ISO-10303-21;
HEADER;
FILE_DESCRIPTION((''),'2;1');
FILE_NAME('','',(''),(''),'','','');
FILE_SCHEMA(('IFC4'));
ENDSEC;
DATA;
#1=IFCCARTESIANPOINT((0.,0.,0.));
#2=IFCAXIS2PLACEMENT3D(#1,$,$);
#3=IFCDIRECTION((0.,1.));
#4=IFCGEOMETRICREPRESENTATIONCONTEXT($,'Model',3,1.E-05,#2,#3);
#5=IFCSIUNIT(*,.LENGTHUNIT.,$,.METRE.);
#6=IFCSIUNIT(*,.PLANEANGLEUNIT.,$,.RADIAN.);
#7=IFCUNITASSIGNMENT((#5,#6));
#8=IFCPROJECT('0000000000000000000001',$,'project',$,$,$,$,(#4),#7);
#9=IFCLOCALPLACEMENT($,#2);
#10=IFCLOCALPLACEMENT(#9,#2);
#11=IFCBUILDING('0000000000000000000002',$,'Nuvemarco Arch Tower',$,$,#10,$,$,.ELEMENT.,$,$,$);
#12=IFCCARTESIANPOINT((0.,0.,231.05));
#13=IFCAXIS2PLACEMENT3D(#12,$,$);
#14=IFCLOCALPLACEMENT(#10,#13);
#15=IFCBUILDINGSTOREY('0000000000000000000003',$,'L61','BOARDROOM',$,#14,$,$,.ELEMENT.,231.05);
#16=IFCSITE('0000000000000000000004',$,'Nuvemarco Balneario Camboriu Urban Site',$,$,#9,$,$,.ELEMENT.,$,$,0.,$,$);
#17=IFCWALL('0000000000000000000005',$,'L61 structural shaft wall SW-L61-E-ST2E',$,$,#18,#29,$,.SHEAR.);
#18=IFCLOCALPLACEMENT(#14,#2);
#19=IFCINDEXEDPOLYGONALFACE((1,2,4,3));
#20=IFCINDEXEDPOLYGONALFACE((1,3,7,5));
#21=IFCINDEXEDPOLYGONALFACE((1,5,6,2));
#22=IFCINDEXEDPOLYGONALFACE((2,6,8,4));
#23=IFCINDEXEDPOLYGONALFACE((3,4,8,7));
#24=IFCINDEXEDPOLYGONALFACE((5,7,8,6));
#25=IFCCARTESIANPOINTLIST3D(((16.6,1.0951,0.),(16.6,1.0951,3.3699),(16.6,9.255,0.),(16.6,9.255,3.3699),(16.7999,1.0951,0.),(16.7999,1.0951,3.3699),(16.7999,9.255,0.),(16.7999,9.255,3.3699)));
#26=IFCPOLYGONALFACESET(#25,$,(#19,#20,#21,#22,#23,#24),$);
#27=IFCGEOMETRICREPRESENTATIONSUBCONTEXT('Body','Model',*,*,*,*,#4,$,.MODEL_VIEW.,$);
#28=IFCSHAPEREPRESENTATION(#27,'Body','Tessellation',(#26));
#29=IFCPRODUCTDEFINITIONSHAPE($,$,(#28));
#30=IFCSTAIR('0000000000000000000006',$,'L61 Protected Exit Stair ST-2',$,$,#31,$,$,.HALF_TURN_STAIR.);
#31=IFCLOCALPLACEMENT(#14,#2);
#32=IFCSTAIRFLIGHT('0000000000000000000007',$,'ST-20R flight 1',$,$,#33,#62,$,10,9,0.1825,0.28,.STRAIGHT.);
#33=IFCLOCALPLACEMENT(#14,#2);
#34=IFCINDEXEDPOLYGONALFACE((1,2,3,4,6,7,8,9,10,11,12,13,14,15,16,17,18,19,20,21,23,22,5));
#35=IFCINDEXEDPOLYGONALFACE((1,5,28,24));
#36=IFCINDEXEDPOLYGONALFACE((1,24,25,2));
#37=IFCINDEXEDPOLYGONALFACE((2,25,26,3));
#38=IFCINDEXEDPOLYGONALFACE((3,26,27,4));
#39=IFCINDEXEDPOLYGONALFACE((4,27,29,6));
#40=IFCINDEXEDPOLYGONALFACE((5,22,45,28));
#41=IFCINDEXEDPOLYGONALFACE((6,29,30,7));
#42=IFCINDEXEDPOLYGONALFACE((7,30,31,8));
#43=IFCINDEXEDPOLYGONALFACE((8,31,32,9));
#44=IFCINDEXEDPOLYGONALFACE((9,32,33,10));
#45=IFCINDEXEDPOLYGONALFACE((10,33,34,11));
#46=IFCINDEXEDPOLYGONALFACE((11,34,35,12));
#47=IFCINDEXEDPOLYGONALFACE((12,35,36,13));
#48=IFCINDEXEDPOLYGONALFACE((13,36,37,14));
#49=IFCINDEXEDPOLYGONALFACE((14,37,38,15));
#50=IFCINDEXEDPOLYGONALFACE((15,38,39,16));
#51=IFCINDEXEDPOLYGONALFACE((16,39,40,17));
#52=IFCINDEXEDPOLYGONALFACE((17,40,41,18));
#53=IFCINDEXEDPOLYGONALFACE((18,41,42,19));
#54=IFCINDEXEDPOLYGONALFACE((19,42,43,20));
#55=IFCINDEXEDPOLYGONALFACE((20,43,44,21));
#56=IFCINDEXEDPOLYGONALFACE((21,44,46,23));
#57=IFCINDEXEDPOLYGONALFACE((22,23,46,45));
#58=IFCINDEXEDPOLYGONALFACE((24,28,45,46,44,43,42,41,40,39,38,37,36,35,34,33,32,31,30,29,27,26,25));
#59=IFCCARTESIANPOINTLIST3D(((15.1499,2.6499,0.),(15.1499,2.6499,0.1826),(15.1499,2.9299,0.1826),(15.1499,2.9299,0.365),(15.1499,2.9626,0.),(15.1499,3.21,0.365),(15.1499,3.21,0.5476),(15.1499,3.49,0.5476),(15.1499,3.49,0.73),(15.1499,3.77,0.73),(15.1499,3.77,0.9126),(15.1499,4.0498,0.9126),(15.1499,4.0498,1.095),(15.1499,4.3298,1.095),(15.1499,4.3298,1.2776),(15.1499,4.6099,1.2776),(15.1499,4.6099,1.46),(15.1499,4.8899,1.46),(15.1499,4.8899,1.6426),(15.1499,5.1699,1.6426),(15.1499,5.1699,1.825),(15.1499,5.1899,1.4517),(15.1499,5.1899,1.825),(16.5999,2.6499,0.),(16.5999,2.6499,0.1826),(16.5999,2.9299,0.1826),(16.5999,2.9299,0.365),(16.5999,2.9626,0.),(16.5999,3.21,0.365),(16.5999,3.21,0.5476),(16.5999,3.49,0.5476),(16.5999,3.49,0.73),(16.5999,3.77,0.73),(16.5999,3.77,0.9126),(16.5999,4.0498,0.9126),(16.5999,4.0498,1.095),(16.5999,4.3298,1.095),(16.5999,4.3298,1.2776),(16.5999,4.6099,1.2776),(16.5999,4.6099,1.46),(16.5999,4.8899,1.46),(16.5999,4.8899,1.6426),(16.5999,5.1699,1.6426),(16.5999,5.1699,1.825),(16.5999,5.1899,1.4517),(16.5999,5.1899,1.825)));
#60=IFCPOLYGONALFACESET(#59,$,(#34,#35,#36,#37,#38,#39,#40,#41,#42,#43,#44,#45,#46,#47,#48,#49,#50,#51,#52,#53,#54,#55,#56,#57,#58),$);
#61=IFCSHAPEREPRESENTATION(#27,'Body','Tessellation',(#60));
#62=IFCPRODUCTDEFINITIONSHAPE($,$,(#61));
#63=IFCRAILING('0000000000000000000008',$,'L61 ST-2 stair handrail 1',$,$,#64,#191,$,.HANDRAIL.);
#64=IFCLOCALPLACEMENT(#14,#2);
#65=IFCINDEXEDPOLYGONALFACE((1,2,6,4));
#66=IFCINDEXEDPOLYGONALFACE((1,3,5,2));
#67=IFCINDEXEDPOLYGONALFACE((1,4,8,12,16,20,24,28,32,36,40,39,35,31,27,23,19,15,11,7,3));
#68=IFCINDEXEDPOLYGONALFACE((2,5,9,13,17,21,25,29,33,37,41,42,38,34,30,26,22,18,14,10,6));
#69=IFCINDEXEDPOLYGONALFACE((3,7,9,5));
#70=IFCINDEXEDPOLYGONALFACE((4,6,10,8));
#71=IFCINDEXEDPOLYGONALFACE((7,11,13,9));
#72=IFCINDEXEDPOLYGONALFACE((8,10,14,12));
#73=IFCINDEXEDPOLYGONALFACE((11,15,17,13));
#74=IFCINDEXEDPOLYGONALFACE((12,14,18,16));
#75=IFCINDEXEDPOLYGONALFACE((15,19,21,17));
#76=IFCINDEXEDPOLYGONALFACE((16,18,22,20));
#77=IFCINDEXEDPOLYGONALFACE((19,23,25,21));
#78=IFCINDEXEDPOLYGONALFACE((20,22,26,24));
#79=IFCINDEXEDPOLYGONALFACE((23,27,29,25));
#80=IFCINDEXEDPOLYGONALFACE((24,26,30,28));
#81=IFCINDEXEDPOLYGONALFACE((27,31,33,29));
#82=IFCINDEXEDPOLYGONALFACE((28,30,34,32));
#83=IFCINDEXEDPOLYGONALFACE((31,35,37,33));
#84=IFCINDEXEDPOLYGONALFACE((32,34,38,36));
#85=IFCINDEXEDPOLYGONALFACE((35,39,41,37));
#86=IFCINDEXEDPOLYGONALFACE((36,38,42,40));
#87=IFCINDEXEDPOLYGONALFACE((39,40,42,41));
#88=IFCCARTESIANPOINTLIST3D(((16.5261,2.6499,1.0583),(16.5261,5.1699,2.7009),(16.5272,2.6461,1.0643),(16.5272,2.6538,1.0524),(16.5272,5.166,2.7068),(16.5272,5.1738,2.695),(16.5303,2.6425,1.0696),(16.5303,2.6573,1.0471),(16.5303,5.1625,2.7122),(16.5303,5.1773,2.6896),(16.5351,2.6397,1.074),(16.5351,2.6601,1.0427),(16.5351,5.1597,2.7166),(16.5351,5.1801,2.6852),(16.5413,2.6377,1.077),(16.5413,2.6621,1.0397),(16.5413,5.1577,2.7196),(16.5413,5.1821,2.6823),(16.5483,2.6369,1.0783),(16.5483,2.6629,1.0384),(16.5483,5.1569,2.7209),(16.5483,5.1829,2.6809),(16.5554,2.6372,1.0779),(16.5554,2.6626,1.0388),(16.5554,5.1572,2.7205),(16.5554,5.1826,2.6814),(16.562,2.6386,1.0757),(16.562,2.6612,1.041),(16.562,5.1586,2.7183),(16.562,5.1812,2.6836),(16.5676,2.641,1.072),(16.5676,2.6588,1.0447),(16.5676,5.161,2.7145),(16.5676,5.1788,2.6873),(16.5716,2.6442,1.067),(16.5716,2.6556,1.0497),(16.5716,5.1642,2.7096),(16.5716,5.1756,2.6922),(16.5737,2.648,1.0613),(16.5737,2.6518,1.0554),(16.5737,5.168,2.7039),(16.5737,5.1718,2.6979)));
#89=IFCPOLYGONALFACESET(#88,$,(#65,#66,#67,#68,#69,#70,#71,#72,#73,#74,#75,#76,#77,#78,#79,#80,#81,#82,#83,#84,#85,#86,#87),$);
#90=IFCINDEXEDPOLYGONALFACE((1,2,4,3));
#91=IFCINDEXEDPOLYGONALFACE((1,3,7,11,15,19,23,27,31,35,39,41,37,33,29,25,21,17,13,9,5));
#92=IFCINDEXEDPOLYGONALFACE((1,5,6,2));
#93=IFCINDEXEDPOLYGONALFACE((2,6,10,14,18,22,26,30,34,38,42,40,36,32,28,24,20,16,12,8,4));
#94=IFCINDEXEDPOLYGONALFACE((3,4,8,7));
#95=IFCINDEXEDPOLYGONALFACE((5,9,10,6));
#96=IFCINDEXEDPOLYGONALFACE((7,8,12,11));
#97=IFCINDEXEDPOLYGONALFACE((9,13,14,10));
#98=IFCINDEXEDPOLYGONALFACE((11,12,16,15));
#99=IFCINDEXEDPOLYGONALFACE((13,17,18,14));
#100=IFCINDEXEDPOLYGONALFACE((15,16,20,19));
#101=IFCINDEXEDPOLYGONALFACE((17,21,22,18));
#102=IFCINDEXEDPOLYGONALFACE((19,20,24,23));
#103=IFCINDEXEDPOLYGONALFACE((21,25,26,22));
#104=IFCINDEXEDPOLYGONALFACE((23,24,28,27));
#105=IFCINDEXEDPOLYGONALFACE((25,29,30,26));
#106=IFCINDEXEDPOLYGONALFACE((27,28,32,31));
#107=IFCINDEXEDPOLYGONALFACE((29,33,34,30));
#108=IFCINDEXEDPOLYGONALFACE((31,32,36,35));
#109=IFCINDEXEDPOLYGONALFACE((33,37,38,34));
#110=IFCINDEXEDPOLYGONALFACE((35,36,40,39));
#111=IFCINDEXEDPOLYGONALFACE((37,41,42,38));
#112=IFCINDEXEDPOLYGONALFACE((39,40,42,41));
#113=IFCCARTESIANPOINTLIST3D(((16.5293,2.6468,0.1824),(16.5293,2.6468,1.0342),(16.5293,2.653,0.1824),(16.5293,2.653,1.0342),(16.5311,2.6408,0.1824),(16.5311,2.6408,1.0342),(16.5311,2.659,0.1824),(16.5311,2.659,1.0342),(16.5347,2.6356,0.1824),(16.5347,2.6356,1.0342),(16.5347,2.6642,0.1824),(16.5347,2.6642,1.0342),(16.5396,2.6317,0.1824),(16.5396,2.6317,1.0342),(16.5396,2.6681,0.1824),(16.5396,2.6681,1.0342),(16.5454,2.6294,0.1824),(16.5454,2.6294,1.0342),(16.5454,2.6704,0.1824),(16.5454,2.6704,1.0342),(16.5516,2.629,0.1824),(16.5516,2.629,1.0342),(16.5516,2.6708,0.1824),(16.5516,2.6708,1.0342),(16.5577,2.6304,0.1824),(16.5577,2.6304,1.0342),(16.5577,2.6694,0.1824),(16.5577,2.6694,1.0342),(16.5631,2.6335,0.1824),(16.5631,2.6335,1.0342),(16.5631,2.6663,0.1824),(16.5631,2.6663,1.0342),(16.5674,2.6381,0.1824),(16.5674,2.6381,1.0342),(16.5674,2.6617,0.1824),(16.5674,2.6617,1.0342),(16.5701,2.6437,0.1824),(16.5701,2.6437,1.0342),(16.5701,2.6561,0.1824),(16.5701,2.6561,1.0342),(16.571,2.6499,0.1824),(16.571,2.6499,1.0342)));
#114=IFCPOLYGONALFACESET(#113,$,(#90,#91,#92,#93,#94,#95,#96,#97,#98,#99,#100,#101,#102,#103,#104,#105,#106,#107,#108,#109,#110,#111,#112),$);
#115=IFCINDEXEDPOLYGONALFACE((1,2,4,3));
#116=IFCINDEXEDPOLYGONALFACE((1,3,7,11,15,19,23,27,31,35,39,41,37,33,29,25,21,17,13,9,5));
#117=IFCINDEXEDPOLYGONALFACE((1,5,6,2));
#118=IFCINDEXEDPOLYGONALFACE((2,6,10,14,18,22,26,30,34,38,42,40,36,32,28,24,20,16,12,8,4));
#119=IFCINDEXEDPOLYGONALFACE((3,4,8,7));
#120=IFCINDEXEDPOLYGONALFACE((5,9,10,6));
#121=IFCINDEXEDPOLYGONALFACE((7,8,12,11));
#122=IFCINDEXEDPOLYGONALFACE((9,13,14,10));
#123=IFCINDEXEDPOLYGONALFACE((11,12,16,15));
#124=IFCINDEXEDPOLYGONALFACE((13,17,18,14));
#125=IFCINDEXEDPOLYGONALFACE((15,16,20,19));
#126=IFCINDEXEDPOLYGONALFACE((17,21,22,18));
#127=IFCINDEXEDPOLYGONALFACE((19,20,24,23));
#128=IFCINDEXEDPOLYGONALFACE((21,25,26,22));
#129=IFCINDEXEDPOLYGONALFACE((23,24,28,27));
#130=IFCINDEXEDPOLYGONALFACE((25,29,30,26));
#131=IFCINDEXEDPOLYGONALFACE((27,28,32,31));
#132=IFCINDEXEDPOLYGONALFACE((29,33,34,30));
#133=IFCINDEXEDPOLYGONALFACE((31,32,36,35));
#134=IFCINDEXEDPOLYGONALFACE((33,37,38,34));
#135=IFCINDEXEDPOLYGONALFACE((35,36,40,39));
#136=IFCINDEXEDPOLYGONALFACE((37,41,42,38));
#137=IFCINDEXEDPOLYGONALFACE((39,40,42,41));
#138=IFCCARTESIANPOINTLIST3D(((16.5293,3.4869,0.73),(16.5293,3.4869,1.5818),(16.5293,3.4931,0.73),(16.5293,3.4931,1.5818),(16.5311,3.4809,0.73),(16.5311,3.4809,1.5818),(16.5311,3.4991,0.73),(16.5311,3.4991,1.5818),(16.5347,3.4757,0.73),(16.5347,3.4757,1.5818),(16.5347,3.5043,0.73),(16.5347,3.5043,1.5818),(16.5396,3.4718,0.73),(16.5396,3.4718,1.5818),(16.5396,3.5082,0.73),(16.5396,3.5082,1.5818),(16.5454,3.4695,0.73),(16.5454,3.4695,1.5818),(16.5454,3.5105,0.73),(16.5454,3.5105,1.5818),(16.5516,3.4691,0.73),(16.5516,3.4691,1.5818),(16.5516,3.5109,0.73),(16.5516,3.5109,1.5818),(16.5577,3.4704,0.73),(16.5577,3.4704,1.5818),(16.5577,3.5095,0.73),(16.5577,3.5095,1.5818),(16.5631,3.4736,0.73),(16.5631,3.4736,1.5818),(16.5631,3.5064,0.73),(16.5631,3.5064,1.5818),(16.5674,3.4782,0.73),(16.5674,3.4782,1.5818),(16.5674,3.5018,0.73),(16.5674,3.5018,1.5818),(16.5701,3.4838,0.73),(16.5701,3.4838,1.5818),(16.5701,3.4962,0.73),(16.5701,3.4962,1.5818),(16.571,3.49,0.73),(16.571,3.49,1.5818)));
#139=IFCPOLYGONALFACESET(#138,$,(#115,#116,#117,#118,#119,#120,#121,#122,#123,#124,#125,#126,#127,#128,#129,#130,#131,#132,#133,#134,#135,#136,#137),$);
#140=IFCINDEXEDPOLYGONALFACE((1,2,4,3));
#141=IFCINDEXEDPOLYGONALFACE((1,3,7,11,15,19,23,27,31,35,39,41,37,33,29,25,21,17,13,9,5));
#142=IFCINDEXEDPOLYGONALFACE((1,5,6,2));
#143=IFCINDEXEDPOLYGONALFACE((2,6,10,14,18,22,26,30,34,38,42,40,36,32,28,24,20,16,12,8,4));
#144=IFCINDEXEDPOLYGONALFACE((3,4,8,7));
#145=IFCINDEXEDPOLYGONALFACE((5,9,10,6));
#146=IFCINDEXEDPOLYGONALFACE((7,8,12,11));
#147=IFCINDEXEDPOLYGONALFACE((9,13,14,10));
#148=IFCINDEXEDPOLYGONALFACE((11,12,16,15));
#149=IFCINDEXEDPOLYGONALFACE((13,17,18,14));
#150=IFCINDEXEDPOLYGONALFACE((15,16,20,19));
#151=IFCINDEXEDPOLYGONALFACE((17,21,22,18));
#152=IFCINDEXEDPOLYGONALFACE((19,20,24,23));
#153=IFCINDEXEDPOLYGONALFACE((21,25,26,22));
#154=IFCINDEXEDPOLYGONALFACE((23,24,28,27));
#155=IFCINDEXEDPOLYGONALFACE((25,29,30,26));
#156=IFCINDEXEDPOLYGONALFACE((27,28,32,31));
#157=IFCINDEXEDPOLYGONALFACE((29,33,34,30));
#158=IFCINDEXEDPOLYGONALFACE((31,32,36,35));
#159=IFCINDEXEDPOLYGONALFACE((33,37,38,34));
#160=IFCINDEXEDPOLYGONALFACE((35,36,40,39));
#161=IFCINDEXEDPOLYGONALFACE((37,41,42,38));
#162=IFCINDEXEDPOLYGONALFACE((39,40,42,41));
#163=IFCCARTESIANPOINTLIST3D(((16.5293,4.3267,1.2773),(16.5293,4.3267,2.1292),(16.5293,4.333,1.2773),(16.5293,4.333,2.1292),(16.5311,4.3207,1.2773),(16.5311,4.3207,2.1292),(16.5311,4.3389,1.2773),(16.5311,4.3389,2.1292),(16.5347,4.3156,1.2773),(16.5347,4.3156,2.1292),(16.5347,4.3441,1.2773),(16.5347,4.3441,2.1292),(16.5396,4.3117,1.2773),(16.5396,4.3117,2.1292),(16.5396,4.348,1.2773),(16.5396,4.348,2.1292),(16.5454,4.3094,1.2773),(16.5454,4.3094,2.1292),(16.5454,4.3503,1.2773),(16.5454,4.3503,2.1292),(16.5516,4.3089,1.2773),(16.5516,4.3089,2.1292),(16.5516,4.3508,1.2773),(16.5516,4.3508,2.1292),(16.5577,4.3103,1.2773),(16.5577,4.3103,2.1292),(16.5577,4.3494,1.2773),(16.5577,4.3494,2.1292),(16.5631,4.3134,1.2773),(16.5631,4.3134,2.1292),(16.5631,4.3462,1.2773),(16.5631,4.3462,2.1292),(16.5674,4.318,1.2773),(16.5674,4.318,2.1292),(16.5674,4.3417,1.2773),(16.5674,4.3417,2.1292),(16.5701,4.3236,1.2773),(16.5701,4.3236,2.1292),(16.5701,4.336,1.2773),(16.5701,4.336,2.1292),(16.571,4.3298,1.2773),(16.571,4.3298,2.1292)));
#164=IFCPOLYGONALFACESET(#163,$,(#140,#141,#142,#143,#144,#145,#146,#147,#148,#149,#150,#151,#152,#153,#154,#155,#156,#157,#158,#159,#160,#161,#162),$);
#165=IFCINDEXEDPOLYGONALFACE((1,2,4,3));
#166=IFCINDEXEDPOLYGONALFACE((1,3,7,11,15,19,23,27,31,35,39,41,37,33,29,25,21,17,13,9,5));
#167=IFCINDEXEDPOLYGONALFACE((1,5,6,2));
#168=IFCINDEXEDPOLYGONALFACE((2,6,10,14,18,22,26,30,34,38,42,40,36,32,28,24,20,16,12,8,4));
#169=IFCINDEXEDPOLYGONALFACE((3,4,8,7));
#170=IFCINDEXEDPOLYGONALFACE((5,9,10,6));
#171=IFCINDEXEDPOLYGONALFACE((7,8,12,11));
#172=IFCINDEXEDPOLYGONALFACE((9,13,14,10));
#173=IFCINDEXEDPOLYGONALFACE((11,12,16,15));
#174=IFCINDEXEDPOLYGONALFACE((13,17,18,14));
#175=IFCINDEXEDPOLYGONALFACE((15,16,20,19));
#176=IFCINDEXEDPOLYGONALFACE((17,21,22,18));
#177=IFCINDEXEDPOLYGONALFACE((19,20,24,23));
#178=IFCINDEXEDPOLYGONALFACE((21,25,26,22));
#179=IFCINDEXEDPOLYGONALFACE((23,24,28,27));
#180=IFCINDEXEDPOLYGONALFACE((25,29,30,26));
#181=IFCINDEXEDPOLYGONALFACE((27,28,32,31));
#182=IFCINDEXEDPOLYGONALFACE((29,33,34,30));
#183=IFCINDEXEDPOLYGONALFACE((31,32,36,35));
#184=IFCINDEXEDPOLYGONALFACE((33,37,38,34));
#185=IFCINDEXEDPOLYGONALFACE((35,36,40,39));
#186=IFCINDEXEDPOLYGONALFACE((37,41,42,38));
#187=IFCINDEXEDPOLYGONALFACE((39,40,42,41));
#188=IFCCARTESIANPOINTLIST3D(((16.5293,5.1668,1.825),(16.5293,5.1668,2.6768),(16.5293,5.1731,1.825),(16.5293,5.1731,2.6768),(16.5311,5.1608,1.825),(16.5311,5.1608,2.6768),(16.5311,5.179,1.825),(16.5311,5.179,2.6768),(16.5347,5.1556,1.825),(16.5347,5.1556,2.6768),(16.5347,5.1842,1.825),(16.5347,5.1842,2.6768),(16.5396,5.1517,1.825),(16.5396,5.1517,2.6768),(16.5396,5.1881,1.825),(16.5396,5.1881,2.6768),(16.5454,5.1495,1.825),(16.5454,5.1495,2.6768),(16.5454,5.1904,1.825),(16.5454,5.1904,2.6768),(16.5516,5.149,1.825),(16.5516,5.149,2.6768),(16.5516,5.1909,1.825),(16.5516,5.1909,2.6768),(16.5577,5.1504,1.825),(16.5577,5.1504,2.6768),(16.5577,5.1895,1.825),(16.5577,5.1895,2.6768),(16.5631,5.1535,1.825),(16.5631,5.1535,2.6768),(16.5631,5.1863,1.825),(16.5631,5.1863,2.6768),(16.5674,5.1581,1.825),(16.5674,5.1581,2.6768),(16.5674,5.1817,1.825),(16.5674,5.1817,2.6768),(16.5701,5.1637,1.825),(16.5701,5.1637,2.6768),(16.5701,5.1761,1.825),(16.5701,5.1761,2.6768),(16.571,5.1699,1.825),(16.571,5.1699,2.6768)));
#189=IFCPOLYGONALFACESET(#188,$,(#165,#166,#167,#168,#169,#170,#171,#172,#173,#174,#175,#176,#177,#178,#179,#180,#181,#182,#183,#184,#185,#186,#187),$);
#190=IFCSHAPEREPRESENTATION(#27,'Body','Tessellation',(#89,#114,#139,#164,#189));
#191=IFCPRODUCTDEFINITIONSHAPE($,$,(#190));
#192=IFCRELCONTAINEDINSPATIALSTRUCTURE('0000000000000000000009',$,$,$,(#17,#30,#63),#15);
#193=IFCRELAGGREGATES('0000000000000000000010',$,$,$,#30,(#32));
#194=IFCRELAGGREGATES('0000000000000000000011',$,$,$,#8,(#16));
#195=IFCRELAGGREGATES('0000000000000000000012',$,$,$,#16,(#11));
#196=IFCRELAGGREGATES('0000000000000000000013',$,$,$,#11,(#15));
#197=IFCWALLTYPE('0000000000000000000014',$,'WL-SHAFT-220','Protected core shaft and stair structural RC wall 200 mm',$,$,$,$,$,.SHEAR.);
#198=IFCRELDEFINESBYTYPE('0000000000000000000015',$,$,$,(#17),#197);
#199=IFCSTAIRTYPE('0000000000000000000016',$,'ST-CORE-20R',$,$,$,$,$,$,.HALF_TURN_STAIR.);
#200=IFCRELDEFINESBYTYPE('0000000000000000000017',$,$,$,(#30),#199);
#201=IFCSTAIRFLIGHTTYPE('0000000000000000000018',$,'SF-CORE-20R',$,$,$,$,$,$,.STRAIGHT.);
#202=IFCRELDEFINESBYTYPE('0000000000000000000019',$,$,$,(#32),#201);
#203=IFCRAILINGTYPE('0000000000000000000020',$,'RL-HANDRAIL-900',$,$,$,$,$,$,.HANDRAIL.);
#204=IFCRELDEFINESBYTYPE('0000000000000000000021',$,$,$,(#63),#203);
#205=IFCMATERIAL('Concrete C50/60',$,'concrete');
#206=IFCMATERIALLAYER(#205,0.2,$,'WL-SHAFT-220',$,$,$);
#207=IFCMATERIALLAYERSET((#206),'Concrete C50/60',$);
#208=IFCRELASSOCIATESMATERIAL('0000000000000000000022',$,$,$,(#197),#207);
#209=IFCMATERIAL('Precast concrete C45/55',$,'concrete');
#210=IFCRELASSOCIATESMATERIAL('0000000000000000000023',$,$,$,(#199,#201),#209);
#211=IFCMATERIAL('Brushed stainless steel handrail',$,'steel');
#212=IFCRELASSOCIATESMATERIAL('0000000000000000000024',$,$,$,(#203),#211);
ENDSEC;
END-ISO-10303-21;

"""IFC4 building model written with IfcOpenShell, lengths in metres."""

from ifc_helpers import new_model, si_unit, direction, frame, frame_2d, origin, origin_2d, place, context, subcontext, project, spatial, polyline, rectangle, circle, outline, extrude, material, layer, layer_set, type_object, element, aggregate, save


model = new_model("IFC4")

# Units and contexts
model_context = context("Model", 3, precision=1e-05, world=origin(), true_north=direction((0.0, 1.0)))
body_context = subcontext(model_context, "Body", "Model", "MODEL_VIEW")
ifc_project = project(units=[si_unit("LENGTHUNIT", "METRE"), si_unit("PLANEANGLEUNIT", "RADIAN")], contexts=[model_context])

# Site, building, storey
site_placement = place(None, origin())
site = spatial("IfcSite", under=ifc_project, at=site_placement, Name="Nuvemarco Balneario Camboriu Urban Site", CompositionType="ELEMENT", RefElevation=0.0)
building_placement = place(site_placement, origin())
building = spatial("IfcBuilding", under=site, at=building_placement, Name="Nuvemarco Arch Tower", CompositionType="ELEMENT")
storey_placement = place(building_placement, frame((0.0, 0.0, 231.05)))
storey = spatial("IfcBuildingStorey", under=building, at=storey_placement, Name="L61", Description="BOARDROOM", CompositionType="ELEMENT", Elevation=231.05)

# Shared definitions
ifc_material_1 = material(Name="Concrete C50/60", Category="concrete")

# Shared definitions
ifc_material_2 = material(Name="Precast concrete C45/55", Category="concrete")

# Shared definitions
ifc_layer_1 = layer(ifc_material_1, 0.2, Name="WL-SHAFT-220")
ifc_layer_set_1 = layer_set([ifc_layer_1], Name="Concrete C50/60")
wall_type_1 = type_object("IfcWallType", Name="WL-SHAFT-220", Description="Protected core shaft and stair structural RC wall 200 mm", PredefinedType="SHEAR", material=ifc_layer_set_1)

# Wall
wall_1_placement = place(storey_placement, frame((16.7, 1.095, 0.0), z_axis=(0.0, 0.0, 1.0), x_axis=(0.0, 1.0, 0.0)))
element("IfcWall", 1, at=wall_1_placement, inside=storey, type_object=wall_type_1, Name="L61 structural shaft wall SW-L61-E-ST2E", PredefinedType="SHEAR", context=body_context, shape_type="SweptSolid", body=[
    extrude(rectangle(XDim=8.1599, YDim=0.2, at=frame_2d((4.0801, 0.0))), origin(), (0.0, 0.0, 1.0), 3.3699),
])

# Stair, stair flight
stair_type = type_object("IfcStairType", Name="ST-CORE-20R", PredefinedType="HALF_TURN_STAIR", material=ifc_material_2)
stair_placement = place(storey_placement, origin())
stair = element("IfcStair", 2, at=stair_placement, inside=storey, type_object=stair_type, Name="L61 Protected Exit Stair ST-2", PredefinedType="HALF_TURN_STAIR")
stair_flight_type = type_object("IfcStairFlightType", Name="SF-CORE-20R", PredefinedType="STRAIGHT", material=ifc_material_2)
stair_flight_placement = place(storey_placement, frame((15.875, 2.6499, 0.0), z_axis=(0.0, 0.0, 1.0), x_axis=(0.0, 1.0, 0.0)))
stair_flight = element("IfcStairFlight", 3, at=stair_flight_placement, type_object=stair_flight_type, Name="ST-20R flight 1", NumberOfRisers=10, NumberOfTreads=9, PredefinedType="STRAIGHT", RiserHeight=0.1825, TreadLength=0.28, context=body_context, shape_type="SweptSolid", body=[
    extrude(outline(polyline([(0.0, 0.0), (0.0, 0.1826), (0.28, 0.1826), (0.28, 0.365), (0.5601, 0.365), (0.5601, 0.5476), (0.8401, 0.5476), (0.8401, 0.73), (1.1201, 0.73), (1.1201, 0.9126), (1.3999, 0.9126), (1.3999, 1.095), (1.6799, 1.095), (1.6799, 1.2776), (1.96, 1.2776), (1.96, 1.46), (2.24, 1.46), (2.24, 1.6426), (2.52, 1.6426), (2.52, 1.825), (2.54, 1.825), (2.54, 1.4517), (0.3127, 0.0), (0.0, 0.0)])), frame((0.0, 0.7251, 0.0), z_axis=(0.0, -1.0, 0.0), x_axis=(1.0, 0.0, 0.0)), (0.0, 0.0, 1.0), 1.45),
])
aggregate(stair, [stair_flight])

# Railing
ifc_material_3 = material(Name="Brushed stainless steel handrail", Category="steel")
railing_type_1 = type_object("IfcRailingType", Name="RL-HANDRAIL-900", PredefinedType="HANDRAIL", material=ifc_material_3)
railing_1_placement = place(storey_placement, frame((16.55, 2.6499, 0.1824)))
element("IfcRailing", 4, at=railing_1_placement, inside=storey, type_object=railing_type_1, Name="L61 ST-2 stair handrail 1", PredefinedType="HANDRAIL", context=body_context, shape_type="SweptSolid", body=[
    extrude(circle(Radius=0.0239, at=origin_2d()), frame((0.0, 0.0, 0.876), z_axis=(0.0, 0.837749, 0.546055), x_axis=(-1.0, 0.0, 0.0)), (0.0, 0.0, 1.0), 3.0081),
    extrude(circle(Radius=0.021, at=origin_2d()), origin(), (0.0, 0.0, 1.0), 0.8518),
    extrude(circle(Radius=0.021, at=origin_2d()), frame((0.0, 0.8401, 0.5476)), (0.0, 0.0, 1.0), 0.8518),
    extrude(circle(Radius=0.021, at=origin_2d()), frame((0.0, 1.6799, 1.095)), (0.0, 0.0, 1.0), 0.8518),
    extrude(circle(Radius=0.021, at=origin_2d()), frame((0.0, 2.52, 1.6426)), (0.0, 0.0, 1.0), 0.8518),
])

save(model, "model.ifc")
